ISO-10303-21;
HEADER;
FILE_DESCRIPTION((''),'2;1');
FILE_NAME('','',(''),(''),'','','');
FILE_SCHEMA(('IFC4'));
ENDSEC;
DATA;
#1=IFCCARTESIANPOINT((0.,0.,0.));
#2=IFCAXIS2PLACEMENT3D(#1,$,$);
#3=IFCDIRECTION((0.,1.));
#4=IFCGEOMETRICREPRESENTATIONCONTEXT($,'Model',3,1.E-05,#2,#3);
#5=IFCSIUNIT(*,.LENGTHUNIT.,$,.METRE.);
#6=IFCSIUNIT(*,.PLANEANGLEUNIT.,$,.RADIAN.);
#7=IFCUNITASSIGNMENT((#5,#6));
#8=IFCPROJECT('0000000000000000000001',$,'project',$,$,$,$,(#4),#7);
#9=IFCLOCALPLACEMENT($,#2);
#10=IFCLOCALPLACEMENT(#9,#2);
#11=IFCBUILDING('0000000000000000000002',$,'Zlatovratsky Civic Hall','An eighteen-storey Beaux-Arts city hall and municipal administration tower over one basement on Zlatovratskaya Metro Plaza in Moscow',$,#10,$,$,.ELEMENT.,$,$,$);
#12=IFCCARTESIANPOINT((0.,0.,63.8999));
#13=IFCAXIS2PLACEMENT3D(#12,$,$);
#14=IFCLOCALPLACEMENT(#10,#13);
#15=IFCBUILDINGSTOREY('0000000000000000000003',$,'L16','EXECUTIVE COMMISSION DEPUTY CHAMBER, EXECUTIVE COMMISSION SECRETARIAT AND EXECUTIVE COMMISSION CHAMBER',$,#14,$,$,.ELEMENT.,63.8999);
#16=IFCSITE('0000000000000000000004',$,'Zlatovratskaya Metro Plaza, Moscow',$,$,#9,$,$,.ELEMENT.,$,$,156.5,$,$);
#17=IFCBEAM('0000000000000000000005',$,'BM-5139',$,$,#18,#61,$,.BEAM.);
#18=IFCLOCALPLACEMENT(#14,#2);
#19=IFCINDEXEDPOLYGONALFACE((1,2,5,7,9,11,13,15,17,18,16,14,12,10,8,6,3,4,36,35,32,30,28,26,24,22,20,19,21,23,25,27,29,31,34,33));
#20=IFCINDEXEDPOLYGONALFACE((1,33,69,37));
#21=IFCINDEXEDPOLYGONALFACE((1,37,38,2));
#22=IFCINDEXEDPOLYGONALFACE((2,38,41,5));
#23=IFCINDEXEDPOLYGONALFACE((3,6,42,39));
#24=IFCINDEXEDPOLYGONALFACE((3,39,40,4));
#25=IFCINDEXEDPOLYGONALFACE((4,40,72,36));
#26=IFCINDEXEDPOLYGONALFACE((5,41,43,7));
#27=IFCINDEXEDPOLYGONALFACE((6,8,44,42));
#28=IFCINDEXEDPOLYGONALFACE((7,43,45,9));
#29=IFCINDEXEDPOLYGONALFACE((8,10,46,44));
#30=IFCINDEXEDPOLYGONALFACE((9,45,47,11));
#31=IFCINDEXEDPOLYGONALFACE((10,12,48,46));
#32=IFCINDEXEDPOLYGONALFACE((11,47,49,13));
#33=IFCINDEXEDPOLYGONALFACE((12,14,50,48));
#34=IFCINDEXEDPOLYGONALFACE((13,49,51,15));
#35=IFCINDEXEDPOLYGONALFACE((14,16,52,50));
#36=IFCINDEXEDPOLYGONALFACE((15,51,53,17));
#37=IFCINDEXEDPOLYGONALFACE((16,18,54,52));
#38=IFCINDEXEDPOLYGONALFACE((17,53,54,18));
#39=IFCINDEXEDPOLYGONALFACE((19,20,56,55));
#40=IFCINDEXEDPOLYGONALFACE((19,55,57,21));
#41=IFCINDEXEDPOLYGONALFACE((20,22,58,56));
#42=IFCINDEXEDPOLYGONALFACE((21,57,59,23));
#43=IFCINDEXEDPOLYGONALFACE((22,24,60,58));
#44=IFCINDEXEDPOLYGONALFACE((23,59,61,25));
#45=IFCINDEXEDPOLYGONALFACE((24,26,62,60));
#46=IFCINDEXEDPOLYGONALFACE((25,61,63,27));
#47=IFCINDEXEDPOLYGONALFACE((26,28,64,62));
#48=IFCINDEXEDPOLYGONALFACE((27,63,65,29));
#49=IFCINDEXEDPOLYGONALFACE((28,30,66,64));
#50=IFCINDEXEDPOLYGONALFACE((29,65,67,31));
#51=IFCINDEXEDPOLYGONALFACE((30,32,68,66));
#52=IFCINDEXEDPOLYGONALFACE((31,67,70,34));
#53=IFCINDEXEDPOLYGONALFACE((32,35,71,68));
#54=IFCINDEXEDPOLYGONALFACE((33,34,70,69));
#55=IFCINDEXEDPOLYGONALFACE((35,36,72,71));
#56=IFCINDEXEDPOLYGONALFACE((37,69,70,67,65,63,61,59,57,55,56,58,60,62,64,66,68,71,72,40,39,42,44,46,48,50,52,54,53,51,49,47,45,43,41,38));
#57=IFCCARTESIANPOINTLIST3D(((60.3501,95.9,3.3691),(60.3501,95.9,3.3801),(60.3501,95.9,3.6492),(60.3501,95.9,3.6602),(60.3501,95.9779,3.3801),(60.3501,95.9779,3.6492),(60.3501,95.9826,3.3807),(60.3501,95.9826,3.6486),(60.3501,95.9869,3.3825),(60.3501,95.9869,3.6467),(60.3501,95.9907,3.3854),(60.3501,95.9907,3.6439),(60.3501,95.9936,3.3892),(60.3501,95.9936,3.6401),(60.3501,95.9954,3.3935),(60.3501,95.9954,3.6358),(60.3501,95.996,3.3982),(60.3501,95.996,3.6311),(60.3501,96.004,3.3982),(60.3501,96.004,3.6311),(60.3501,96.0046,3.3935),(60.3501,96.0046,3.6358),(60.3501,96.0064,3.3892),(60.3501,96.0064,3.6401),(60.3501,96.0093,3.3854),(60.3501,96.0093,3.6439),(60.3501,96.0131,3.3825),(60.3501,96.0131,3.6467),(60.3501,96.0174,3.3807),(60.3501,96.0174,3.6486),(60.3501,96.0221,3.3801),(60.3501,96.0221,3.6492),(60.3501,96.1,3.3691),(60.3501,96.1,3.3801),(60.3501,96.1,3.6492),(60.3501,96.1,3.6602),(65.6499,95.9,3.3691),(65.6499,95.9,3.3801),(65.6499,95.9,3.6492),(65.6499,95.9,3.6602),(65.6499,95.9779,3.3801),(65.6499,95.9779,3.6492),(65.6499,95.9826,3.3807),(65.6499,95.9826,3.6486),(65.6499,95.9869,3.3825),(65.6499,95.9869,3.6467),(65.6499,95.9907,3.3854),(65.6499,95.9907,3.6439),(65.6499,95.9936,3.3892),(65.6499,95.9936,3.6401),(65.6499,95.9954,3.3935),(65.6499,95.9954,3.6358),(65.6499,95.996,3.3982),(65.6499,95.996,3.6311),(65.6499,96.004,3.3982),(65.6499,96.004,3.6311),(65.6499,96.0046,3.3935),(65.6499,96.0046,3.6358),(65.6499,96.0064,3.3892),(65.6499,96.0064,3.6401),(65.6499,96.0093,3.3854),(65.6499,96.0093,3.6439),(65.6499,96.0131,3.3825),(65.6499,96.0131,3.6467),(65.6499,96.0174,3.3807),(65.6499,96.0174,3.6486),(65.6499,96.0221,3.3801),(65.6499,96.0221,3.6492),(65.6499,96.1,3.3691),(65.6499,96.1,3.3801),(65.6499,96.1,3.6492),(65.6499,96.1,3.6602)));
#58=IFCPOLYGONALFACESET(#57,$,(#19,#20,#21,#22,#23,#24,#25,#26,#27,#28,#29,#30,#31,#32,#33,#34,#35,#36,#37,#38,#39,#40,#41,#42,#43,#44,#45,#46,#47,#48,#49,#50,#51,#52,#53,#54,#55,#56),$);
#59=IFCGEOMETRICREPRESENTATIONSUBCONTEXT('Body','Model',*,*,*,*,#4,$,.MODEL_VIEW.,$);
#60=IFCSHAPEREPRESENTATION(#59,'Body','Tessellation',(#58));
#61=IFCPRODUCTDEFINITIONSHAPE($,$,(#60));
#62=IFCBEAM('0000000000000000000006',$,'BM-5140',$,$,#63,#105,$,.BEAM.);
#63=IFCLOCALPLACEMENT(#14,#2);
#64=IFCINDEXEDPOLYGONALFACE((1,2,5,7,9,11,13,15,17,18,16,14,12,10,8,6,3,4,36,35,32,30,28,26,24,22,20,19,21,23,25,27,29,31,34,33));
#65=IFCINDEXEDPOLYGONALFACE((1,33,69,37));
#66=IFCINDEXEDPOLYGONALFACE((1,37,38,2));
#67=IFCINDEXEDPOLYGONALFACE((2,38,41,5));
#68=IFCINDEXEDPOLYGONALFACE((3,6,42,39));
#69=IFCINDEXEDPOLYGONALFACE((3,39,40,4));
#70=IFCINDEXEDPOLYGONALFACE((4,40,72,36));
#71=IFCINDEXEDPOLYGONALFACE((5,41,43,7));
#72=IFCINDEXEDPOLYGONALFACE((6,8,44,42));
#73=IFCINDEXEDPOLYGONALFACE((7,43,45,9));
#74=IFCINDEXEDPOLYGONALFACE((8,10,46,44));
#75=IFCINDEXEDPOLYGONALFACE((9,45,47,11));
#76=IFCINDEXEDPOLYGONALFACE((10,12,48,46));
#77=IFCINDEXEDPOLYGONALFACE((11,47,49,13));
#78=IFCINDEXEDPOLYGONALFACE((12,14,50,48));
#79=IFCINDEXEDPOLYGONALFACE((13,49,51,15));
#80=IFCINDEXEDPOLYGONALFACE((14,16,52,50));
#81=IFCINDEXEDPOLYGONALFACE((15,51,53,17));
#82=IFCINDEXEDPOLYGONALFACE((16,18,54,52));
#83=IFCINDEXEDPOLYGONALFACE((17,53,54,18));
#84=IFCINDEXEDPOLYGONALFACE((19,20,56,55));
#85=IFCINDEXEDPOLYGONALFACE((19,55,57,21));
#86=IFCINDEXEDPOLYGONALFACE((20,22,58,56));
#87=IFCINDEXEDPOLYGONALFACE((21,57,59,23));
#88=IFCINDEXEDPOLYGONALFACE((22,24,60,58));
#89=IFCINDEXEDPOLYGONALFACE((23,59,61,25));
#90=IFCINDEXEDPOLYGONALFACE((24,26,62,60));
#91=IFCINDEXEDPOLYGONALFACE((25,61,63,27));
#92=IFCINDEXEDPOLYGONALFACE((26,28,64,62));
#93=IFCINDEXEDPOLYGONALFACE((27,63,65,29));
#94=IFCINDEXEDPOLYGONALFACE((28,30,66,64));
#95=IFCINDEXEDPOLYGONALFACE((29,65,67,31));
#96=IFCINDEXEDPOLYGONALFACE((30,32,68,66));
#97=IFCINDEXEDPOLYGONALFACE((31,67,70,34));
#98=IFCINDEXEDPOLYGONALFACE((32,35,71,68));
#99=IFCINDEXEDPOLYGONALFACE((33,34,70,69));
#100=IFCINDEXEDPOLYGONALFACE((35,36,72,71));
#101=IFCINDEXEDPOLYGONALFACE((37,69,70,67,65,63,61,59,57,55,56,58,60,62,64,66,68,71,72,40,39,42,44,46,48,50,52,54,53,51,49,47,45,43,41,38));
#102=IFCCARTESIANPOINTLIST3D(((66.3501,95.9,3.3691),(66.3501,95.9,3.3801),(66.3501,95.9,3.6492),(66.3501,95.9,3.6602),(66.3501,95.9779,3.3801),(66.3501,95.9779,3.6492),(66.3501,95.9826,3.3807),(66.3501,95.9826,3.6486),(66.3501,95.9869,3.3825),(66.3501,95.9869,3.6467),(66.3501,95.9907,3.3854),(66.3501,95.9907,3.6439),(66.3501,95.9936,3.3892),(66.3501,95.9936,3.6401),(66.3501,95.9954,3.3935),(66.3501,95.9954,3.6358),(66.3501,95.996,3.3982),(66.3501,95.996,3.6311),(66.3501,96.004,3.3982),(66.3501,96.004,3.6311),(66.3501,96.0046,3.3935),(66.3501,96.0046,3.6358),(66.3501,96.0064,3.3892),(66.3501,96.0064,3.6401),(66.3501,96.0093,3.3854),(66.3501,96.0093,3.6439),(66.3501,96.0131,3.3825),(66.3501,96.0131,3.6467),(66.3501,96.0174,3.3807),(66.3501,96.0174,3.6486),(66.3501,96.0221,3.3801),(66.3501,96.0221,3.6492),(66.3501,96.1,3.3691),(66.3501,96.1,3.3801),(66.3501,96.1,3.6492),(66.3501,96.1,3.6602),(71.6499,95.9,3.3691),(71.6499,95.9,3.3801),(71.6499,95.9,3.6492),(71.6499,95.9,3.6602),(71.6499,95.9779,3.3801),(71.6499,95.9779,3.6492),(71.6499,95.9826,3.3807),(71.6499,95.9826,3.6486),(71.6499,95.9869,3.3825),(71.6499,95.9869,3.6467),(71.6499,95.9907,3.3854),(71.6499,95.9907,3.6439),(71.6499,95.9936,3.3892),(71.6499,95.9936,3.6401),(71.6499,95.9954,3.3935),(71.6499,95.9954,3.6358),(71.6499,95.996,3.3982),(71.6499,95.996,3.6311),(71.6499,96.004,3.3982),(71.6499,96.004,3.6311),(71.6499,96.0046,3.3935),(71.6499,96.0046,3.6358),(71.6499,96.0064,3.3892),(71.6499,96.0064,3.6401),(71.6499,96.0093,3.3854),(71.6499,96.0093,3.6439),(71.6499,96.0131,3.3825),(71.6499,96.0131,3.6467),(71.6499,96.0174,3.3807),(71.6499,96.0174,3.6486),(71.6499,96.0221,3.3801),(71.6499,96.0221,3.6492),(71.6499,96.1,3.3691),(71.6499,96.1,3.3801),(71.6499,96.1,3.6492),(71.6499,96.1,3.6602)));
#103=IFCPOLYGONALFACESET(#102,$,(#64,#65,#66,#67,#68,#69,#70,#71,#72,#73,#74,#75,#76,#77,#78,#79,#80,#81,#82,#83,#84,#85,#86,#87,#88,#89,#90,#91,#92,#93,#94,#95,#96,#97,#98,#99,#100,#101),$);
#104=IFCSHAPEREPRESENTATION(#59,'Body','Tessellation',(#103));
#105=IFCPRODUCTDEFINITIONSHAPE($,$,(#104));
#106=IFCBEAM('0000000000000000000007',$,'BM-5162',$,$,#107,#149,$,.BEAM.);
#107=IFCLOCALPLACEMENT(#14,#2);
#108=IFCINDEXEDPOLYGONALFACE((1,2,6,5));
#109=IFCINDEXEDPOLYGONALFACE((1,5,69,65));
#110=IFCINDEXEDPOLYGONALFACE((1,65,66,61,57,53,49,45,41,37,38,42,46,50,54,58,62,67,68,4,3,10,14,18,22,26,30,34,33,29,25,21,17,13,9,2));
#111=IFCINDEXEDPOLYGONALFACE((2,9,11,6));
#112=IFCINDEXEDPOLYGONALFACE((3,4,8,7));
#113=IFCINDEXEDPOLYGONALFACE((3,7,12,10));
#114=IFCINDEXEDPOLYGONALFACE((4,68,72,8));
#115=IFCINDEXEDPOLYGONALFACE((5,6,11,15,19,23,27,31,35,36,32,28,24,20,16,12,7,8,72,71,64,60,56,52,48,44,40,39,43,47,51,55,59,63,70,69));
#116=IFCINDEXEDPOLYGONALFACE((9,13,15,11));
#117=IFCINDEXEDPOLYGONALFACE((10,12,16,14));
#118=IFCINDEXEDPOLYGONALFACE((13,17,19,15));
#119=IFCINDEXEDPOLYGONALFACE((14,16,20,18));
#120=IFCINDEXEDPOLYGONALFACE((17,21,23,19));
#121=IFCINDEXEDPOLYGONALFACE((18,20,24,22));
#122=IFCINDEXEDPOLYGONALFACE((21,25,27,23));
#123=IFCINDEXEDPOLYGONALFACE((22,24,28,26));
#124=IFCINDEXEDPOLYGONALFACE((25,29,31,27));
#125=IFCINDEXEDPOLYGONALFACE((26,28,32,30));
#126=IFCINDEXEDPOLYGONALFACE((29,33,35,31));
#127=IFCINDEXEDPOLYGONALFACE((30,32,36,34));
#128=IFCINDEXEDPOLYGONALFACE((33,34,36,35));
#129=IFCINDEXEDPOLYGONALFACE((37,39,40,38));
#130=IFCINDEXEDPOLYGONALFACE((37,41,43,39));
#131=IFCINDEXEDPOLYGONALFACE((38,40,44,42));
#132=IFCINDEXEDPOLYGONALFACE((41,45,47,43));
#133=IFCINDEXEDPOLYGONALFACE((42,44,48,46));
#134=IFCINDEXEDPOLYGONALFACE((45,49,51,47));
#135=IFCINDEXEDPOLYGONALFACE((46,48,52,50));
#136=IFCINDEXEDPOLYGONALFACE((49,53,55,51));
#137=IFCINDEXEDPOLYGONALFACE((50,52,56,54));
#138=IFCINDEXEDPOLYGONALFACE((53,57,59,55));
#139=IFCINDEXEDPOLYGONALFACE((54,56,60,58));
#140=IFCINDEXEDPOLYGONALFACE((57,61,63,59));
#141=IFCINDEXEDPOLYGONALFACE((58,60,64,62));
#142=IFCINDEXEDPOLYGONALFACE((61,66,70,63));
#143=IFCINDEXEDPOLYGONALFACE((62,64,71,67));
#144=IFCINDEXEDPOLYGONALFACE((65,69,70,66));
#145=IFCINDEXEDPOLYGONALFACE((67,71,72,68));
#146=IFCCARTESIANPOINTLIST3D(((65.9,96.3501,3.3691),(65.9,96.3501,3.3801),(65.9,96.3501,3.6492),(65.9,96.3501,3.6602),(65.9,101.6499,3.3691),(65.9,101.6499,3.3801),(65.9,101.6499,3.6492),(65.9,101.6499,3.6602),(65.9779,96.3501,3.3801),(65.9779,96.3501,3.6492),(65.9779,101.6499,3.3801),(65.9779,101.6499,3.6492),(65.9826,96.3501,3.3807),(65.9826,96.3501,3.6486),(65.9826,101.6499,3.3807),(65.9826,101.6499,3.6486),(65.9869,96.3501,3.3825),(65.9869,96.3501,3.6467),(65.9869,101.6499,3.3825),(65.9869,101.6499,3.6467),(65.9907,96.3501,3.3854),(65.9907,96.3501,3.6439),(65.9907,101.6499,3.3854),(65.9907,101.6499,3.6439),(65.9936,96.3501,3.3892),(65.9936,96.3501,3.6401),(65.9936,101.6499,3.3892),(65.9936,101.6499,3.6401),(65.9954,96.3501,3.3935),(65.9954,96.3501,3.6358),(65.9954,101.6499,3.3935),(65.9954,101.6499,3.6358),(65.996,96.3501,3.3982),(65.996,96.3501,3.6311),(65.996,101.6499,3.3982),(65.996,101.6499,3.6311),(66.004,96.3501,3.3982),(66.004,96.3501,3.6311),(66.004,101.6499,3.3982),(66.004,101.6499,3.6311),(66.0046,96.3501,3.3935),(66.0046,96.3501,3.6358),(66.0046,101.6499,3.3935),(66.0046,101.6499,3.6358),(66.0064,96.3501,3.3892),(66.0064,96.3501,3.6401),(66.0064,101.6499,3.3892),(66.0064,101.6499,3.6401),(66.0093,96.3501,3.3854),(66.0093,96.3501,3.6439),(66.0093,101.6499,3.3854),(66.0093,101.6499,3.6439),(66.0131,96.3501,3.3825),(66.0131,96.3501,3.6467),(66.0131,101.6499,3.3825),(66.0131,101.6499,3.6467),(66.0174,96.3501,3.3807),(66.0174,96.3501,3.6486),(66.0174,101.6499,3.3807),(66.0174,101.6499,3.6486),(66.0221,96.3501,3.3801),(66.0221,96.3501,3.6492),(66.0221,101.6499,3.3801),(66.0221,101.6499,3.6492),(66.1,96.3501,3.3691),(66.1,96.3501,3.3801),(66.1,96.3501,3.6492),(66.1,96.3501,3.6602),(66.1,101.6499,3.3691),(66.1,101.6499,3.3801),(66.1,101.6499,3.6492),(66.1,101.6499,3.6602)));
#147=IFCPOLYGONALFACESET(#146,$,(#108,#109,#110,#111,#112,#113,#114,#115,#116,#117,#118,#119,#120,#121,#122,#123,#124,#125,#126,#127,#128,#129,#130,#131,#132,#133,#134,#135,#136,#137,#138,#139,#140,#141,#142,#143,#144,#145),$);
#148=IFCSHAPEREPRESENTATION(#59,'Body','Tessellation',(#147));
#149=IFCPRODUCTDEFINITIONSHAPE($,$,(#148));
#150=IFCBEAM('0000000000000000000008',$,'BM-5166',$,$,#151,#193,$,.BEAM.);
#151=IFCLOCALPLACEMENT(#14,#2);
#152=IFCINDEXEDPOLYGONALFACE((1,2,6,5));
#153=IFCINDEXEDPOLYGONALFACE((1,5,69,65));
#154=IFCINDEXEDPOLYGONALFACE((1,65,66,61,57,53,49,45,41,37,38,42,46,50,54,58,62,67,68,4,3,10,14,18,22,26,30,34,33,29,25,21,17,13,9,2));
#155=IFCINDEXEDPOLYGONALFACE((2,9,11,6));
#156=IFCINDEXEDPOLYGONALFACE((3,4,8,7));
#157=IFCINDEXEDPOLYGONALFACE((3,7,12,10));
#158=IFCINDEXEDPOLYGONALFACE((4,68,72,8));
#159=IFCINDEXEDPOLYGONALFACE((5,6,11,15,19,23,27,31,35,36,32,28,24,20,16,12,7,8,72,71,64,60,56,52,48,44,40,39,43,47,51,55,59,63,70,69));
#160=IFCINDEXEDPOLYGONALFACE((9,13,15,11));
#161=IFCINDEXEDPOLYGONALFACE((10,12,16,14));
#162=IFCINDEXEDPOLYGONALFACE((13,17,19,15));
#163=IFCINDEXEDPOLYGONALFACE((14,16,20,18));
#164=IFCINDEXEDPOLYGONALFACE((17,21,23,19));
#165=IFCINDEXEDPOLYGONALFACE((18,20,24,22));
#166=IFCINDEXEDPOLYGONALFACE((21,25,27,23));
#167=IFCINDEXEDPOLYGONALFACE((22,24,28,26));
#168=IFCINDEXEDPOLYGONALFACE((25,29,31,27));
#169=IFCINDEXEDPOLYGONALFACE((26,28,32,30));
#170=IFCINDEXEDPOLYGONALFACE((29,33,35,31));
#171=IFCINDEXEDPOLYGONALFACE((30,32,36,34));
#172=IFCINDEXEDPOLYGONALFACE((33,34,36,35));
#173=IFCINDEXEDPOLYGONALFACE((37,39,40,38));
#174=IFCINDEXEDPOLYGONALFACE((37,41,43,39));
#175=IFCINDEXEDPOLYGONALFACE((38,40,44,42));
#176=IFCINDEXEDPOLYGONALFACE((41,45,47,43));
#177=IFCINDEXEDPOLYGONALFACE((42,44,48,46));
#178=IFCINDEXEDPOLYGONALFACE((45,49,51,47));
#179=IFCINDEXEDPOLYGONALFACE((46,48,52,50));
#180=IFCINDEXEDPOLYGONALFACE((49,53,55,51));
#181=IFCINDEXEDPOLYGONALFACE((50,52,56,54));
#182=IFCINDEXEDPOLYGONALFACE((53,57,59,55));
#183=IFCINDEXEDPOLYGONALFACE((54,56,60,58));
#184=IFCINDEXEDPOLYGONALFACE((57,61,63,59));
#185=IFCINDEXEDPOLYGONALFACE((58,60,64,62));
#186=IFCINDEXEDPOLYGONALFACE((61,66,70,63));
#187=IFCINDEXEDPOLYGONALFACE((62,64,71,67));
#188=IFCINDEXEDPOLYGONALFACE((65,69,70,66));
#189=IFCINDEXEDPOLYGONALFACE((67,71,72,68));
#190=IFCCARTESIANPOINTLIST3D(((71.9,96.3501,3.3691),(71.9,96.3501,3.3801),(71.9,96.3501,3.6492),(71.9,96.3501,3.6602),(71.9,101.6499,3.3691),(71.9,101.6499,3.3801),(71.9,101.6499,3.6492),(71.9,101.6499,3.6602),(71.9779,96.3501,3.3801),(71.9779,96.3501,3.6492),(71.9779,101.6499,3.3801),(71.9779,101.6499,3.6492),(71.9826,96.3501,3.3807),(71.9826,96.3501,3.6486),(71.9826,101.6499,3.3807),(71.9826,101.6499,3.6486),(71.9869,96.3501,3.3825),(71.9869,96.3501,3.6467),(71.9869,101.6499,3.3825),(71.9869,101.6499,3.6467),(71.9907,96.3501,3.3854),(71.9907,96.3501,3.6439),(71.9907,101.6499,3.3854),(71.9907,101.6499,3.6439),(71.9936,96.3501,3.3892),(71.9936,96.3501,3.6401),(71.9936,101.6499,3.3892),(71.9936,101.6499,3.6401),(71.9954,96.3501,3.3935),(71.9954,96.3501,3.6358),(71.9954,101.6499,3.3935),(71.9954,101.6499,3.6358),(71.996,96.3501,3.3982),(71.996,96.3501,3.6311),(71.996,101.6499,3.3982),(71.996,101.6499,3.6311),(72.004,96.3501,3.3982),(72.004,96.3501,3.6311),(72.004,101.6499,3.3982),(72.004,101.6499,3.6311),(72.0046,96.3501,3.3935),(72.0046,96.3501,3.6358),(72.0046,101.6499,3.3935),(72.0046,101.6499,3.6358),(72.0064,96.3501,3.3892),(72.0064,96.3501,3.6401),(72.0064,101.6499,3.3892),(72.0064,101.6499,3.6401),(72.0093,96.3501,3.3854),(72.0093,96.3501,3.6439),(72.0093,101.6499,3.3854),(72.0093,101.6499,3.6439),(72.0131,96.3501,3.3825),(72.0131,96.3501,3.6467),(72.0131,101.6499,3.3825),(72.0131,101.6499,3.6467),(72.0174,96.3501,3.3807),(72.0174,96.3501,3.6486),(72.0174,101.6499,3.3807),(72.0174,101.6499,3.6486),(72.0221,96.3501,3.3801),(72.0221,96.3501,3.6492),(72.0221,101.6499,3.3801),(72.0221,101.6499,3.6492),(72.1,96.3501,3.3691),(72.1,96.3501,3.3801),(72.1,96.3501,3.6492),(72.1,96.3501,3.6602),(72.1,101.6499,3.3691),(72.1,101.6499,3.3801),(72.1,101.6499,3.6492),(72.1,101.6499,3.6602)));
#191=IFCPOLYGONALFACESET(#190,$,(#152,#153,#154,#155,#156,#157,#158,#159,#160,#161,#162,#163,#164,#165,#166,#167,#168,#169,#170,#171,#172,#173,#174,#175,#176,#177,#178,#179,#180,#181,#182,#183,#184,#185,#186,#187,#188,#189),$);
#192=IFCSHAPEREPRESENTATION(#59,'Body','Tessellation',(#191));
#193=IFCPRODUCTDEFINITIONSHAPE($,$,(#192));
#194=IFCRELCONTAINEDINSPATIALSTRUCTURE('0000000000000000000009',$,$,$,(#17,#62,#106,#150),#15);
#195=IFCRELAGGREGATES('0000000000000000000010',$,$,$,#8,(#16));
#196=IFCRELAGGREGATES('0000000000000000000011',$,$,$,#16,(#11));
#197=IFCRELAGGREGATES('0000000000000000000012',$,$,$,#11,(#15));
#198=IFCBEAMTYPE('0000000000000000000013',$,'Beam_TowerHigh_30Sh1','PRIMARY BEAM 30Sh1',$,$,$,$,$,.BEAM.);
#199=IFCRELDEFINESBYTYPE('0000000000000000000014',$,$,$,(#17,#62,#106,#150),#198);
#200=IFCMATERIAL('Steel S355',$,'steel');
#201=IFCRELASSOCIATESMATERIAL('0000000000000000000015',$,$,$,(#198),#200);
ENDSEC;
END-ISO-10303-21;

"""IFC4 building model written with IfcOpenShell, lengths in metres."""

from ifc_helpers import new_model, si_unit, direction, frame, origin, origin_2d, place, context, subcontext, project, spatial, i_section, extrude, material, material_profile, profile_set, type_object, element, save


model = new_model("IFC4")

# Units and contexts
model_context = context("Model", 3, precision=1e-05, world=origin(), true_north=direction((0.0, 1.0)))
body_context = subcontext(model_context, "Body", "Model", "MODEL_VIEW")
ifc_project = project(units=[si_unit("LENGTHUNIT", "METRE"), si_unit("PLANEANGLEUNIT", "RADIAN")], contexts=[model_context])

# Site, building, storey
site_placement = place(None, origin())
site = spatial("IfcSite", under=ifc_project, at=site_placement, Name="Zlatovratskaya Metro Plaza, Moscow", CompositionType="ELEMENT", RefElevation=156.5)
building_placement = place(site_placement, origin())
building = spatial("IfcBuilding", under=site, at=building_placement, Name="Zlatovratsky Civic Hall", Description="An eighteen-storey Beaux-Arts city hall and municipal administration tower over one basement on Zlatovratskaya Metro Plaza in Moscow", CompositionType="ELEMENT")
storey_placement = place(building_placement, frame((0.0, 0.0, 63.8999)))
storey = spatial("IfcBuildingStorey", under=building, at=storey_placement, Name="L16", Description="EXECUTIVE COMMISSION DEPUTY CHAMBER, EXECUTIVE COMMISSION SECRETARIAT AND EXECUTIVE COMMISSION CHAMBER", CompositionType="ELEMENT", Elevation=63.8999)

# Beams
ifc_material_1 = material(Name="Steel S355", Category="steel")
ifc_material_profile_1 = material_profile(ifc_material_1, i_section(OverallWidth=0.2, OverallDepth=0.291, WebThickness=0.0081, FlangeThickness=0.011, FilletRadius=0.0181, at=origin_2d()), Name="30Sh1")
ifc_profile_set_1 = profile_set([ifc_material_profile_1], Name="Steel S355")
beam_type_1 = type_object("IfcBeamType", Name="Beam_TowerHigh_30Sh1", Description="PRIMARY BEAM 30Sh1", PredefinedType="BEAM", material=ifc_profile_set_1)
for number, where, z_axis, x_axis, name in (
    (1, (60.3501, 96.0, 3.5146), (1.0, 0.0, 0.0), (0.0, 1.0, 0.0), "BM-5139"),
    (2, (66.3501, 96.0, 3.5146), (1.0, 0.0, 0.0), (0.0, 1.0, 0.0), "BM-5140"),
    (3, (66.0, 96.3501, 3.5146), (0.0, 1.0, 0.0), (-1.0, 0.0, 0.0), "BM-5162"),
    (4, (72.0, 96.3501, 3.5146), (0.0, 1.0, 0.0), (-1.0, 0.0, 0.0), "BM-5166"),
):
    element("IfcBeam", number, at=place(storey_placement, frame(where, z_axis=z_axis, x_axis=x_axis)), inside=storey, type_object=beam_type_1, Name=name, PredefinedType="BEAM", context=body_context, shape_type="SweptSolid", body=[
        extrude(i_section(OverallWidth=0.2, OverallDepth=0.291, WebThickness=0.0081, FlangeThickness=0.011, FilletRadius=0.0181, at=origin_2d()), origin(), (0.0, 0.0, 1.0), 5.2998),
    ])

save(model, "model.ifc")
